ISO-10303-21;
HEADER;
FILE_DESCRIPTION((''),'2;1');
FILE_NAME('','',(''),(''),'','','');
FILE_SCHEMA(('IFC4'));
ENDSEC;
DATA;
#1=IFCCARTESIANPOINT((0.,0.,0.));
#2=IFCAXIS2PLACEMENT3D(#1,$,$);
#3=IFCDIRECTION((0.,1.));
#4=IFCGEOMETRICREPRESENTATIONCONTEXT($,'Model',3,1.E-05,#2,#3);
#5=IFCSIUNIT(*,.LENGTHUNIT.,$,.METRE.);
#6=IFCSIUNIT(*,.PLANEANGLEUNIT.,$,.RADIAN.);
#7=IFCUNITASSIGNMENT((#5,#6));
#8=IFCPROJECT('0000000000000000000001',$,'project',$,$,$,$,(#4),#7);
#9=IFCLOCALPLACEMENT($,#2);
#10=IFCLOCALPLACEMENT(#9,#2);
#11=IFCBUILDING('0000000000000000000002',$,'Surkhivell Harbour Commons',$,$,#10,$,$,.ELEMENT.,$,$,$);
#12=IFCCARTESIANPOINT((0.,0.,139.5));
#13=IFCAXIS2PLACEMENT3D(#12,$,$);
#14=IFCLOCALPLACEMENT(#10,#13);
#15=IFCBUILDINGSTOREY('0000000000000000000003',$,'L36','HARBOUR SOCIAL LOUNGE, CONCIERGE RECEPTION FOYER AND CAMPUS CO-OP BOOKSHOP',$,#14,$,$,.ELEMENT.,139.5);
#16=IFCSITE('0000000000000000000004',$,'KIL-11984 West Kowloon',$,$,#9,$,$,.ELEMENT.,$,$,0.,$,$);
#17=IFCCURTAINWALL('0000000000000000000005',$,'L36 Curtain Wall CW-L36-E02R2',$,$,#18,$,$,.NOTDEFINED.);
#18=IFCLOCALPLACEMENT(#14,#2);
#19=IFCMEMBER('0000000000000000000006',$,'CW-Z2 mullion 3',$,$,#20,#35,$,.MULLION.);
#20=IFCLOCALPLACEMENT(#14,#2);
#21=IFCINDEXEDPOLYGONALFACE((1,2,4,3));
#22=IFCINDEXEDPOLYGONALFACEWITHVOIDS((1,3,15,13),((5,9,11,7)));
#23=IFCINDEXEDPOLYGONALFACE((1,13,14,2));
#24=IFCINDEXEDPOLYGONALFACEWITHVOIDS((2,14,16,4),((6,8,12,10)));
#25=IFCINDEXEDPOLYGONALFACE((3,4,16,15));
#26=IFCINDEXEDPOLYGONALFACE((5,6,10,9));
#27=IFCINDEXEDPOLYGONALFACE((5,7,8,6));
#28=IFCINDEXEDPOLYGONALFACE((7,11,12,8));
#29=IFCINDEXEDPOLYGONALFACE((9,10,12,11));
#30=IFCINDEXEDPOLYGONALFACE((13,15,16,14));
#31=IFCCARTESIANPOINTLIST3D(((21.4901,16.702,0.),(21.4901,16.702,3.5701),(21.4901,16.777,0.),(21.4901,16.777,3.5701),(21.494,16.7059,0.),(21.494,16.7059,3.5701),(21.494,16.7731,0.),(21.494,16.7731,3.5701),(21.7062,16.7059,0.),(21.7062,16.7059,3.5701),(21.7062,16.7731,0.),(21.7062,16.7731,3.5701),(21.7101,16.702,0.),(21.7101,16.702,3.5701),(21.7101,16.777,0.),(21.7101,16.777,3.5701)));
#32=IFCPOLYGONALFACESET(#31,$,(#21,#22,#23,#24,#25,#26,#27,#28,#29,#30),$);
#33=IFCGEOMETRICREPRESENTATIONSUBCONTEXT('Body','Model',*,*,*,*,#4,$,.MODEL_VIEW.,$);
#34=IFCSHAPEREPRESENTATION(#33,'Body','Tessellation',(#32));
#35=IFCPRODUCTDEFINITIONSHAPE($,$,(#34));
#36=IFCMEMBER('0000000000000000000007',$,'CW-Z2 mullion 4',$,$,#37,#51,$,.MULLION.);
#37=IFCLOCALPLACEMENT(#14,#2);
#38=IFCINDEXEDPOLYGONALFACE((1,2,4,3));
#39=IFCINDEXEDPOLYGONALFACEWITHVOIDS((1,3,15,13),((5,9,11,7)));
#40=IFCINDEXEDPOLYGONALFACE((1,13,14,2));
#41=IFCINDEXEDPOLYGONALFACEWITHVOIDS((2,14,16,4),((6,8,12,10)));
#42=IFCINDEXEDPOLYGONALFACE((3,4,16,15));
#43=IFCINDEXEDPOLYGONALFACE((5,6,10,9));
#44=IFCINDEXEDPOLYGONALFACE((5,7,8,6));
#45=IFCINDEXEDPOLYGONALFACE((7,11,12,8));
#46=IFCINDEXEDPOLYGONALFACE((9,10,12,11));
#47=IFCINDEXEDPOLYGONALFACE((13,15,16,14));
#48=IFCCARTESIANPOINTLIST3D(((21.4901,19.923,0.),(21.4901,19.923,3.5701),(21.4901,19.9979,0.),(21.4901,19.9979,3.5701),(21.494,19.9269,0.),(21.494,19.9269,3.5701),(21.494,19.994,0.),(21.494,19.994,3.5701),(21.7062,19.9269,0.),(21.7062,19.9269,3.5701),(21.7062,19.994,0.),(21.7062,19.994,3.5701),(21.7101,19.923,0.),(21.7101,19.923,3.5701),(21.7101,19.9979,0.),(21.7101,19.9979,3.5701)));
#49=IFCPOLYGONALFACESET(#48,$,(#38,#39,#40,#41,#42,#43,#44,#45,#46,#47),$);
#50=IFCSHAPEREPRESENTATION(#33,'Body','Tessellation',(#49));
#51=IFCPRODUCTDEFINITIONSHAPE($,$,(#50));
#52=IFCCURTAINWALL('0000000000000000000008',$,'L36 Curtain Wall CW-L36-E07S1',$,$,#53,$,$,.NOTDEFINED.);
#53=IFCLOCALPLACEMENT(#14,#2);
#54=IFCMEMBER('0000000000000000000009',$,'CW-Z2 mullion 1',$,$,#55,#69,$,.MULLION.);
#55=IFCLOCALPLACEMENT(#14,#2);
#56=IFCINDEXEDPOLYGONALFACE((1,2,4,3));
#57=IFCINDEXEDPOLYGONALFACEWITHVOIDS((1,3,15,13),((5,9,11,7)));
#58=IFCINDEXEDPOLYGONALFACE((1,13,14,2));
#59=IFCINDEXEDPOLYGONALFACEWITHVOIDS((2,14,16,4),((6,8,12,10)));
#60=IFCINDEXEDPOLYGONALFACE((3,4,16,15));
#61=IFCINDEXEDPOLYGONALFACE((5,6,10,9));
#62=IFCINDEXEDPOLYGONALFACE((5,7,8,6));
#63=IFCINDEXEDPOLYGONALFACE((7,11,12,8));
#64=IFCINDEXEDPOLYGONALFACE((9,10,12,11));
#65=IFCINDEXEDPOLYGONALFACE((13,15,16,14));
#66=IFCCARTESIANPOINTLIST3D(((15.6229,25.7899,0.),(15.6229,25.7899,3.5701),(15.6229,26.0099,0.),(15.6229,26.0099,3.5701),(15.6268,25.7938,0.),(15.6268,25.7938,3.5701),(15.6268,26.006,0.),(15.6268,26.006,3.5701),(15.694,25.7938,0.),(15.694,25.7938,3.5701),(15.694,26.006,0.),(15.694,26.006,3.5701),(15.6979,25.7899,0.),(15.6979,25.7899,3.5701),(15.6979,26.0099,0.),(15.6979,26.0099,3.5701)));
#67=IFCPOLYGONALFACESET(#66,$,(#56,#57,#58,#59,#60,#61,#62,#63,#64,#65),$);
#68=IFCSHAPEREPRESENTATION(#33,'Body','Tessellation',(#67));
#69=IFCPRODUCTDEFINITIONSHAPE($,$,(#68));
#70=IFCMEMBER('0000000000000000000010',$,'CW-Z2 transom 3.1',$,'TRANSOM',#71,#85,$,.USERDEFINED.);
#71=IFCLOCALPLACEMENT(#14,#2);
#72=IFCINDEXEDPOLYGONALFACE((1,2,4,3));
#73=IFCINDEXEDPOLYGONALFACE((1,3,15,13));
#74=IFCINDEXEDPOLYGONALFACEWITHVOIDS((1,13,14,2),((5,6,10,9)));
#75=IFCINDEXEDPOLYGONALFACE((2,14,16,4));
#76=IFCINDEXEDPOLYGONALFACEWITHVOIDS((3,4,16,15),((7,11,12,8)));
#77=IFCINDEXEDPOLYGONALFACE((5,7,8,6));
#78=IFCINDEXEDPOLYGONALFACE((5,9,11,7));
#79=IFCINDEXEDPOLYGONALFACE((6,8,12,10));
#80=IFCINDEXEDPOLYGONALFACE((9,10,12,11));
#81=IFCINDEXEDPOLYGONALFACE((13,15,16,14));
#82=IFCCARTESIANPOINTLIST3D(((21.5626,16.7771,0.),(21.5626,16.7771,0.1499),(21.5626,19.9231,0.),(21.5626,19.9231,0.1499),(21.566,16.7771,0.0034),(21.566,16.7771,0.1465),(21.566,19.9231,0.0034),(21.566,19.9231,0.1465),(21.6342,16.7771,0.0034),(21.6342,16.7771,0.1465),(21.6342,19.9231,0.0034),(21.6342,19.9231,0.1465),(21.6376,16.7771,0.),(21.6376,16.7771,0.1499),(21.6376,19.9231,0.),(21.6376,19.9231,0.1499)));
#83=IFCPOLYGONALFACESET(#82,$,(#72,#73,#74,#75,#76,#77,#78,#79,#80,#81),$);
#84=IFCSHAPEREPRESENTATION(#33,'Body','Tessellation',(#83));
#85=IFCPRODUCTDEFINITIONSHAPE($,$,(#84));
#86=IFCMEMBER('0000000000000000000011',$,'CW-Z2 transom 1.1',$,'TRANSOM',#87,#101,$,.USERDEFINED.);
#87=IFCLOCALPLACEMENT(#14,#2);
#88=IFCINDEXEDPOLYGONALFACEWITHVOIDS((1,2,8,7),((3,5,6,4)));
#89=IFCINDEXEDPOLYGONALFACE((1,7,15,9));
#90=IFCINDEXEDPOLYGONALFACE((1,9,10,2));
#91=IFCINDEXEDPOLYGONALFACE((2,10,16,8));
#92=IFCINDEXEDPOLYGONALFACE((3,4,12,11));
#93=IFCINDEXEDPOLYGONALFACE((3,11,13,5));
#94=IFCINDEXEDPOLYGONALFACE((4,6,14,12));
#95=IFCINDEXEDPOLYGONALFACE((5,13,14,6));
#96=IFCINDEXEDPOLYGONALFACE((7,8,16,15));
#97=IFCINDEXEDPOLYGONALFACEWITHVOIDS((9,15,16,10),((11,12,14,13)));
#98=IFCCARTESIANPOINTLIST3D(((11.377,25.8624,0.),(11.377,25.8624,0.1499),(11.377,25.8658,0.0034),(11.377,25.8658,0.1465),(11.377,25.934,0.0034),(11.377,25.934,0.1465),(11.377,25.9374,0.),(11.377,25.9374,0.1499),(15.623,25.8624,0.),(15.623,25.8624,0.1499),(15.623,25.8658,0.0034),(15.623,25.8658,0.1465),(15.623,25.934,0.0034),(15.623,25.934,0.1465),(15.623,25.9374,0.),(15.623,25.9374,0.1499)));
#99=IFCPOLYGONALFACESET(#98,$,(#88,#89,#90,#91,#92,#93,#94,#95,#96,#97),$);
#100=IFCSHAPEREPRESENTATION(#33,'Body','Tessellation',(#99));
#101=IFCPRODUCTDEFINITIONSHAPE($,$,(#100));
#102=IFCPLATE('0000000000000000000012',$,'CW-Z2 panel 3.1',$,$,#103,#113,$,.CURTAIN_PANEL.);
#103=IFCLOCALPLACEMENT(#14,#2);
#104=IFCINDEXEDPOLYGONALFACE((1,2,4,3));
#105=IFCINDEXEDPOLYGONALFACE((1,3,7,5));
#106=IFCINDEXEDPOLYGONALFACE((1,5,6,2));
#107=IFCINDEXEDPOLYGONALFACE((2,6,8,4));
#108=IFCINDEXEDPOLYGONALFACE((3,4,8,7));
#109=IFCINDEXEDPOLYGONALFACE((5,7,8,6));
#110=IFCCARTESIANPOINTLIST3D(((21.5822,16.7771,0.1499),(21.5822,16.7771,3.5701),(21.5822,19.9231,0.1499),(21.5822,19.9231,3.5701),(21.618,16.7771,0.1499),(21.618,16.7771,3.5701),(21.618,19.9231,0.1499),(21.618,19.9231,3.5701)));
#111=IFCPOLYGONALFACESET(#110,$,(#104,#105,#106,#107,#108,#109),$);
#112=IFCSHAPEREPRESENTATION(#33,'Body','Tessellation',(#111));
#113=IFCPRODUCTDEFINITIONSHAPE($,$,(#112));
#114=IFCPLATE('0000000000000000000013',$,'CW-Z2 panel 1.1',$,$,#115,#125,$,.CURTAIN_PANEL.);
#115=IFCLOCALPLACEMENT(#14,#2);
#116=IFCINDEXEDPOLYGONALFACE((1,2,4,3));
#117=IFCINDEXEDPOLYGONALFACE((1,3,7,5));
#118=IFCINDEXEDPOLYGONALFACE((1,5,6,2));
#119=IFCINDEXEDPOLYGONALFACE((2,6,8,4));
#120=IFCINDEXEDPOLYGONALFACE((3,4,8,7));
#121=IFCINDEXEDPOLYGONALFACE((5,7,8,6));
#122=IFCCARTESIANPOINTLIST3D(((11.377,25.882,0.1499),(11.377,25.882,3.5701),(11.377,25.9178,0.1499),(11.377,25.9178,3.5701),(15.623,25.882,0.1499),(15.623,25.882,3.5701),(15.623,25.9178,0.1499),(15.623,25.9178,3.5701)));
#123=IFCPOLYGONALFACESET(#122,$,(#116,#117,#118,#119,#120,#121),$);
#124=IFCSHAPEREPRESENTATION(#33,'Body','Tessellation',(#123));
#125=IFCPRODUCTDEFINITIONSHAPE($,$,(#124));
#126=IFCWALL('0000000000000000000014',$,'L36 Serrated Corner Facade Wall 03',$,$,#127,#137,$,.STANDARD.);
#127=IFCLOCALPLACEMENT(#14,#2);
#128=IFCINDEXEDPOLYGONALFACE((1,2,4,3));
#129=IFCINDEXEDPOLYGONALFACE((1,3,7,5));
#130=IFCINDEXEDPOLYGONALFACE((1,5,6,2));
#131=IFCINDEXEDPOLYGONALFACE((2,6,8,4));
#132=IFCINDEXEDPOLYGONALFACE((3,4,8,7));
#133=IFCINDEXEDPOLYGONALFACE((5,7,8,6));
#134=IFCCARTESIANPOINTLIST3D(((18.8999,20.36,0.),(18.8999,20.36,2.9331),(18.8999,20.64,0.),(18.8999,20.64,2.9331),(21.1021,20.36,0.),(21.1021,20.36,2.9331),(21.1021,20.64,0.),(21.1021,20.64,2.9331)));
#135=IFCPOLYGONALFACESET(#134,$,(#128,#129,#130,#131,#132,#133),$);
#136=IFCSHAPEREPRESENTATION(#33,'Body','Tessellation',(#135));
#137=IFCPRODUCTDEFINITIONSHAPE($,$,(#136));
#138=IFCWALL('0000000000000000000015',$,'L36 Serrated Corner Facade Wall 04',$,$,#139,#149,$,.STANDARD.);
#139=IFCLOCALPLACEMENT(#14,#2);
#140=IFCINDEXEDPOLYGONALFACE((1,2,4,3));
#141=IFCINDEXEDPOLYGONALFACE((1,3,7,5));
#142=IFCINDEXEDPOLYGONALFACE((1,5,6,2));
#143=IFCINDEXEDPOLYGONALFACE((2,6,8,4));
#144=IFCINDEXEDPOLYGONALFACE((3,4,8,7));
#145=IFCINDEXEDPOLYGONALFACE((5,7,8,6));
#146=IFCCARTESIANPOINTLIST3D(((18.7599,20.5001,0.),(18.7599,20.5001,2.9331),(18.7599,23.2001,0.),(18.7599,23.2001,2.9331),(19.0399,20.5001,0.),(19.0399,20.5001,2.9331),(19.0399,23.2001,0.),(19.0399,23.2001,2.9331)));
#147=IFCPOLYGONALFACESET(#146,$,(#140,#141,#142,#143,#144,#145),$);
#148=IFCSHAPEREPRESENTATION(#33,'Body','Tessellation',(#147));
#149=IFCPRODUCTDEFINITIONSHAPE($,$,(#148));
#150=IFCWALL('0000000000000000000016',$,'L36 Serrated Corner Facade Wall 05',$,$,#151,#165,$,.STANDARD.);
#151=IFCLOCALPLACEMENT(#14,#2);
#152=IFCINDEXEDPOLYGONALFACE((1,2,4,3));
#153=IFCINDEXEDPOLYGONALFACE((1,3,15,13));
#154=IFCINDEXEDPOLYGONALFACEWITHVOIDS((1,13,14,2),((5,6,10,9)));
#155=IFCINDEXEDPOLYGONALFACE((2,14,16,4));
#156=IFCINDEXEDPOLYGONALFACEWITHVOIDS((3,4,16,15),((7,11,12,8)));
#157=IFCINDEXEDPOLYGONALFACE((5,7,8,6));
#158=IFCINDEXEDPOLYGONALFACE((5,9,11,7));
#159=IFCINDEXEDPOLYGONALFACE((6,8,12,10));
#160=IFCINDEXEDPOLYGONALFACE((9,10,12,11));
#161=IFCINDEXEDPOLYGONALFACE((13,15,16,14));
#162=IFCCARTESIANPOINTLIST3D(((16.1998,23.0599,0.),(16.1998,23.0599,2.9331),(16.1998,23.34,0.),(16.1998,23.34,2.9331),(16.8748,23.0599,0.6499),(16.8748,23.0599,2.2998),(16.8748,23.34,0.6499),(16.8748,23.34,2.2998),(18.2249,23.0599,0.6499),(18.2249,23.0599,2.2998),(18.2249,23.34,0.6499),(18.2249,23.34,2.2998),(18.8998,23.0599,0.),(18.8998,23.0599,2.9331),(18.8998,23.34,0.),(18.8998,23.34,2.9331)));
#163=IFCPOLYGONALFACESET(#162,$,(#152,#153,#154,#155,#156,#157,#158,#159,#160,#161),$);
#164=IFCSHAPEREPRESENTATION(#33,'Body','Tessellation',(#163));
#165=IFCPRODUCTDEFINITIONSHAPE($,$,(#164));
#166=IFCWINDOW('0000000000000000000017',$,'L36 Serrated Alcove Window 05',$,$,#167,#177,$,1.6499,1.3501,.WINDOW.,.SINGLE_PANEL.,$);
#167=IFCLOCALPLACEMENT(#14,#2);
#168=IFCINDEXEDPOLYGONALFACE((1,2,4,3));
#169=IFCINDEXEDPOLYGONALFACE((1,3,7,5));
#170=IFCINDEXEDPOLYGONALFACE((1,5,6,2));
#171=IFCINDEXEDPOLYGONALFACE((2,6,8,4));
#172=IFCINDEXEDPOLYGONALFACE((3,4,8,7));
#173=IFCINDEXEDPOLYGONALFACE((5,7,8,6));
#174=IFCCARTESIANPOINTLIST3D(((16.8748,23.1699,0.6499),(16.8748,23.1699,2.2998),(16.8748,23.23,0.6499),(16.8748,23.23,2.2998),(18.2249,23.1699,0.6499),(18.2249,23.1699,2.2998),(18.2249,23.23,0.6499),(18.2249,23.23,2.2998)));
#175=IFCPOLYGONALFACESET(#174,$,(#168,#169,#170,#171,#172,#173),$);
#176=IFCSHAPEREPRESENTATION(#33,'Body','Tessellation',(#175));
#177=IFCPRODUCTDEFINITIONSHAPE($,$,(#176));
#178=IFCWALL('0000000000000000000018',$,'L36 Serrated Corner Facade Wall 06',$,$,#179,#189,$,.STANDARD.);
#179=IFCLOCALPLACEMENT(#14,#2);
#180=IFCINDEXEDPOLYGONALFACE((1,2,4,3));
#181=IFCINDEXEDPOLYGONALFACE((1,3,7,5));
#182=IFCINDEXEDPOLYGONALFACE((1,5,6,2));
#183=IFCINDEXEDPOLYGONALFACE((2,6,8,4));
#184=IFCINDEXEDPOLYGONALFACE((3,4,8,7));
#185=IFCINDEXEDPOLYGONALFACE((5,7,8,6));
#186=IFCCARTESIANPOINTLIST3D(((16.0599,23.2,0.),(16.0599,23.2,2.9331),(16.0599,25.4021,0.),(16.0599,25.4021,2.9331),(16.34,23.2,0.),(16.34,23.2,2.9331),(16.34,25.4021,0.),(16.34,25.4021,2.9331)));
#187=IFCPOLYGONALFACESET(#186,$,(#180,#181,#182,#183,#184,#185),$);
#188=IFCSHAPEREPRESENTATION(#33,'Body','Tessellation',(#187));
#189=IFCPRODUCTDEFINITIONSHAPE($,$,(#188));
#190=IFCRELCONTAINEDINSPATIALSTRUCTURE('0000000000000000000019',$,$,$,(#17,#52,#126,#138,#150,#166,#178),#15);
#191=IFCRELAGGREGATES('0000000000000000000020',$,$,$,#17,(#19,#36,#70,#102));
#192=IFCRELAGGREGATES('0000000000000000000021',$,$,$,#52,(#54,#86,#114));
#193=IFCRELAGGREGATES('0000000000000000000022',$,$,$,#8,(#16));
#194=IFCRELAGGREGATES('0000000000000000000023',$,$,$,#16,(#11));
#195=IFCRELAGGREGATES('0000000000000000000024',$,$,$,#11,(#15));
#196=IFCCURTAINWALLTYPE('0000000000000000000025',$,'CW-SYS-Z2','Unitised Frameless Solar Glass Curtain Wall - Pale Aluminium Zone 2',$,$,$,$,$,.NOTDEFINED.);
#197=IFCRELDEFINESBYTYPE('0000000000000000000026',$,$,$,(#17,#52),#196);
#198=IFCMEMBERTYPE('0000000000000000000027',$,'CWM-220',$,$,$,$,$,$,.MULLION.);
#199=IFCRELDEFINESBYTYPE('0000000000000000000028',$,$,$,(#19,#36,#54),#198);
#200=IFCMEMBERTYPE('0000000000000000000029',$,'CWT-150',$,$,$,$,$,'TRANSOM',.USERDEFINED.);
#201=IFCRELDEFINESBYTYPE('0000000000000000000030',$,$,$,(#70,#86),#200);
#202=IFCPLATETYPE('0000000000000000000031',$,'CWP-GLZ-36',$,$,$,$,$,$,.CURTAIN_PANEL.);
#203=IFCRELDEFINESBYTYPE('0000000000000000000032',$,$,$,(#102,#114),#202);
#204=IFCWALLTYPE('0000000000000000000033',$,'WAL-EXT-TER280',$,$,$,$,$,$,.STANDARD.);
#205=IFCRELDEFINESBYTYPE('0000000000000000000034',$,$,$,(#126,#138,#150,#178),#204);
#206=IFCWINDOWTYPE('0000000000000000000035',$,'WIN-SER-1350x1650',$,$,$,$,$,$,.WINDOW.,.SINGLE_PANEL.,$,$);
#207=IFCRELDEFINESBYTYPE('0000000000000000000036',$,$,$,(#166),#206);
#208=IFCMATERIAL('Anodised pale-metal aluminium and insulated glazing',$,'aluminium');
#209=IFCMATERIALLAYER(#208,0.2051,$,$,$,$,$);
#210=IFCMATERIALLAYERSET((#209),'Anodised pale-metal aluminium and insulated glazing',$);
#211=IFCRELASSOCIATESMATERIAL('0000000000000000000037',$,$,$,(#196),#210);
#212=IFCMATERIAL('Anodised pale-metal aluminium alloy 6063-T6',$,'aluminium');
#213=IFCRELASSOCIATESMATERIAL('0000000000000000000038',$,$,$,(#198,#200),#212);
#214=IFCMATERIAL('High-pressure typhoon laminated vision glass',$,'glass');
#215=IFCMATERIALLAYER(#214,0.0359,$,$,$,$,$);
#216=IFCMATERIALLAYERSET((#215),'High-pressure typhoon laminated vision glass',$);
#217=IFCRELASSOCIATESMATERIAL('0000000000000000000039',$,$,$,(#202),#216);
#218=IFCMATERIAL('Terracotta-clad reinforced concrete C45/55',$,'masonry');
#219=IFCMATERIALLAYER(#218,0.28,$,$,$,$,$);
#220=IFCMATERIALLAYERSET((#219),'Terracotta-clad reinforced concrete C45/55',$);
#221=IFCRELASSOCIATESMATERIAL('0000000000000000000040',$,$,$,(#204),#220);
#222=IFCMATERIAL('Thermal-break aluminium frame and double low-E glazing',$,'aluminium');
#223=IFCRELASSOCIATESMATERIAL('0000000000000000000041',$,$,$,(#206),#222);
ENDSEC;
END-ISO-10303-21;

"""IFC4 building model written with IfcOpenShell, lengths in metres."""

from ifc_helpers import new_model, si_unit, direction, frame, frame_2d, origin, origin_2d, place, context, subcontext, project, spatial, rectangle, hollow_rectangle, extrude, material, layer, layer_set, material_profile, profile_set, type_object, element, fill, aggregate, save


model = new_model("IFC4")

# Units and contexts
model_context = context("Model", 3, precision=1e-05, world=origin(), true_north=direction((0.0, 1.0)))
body_context = subcontext(model_context, "Body", "Model", "MODEL_VIEW")
ifc_project = project(units=[si_unit("LENGTHUNIT", "METRE"), si_unit("PLANEANGLEUNIT", "RADIAN")], contexts=[model_context])

# Site, building, storey
site_placement = place(None, origin())
site = spatial("IfcSite", under=ifc_project, at=site_placement, Name="KIL-11984 West Kowloon", CompositionType="ELEMENT", RefElevation=0.0)
building_placement = place(site_placement, origin())
building = spatial("IfcBuilding", under=site, at=building_placement, Name="Surkhivell Harbour Commons", CompositionType="ELEMENT")
storey_placement = place(building_placement, frame((0.0, 0.0, 139.5)))
storey = spatial("IfcBuildingStorey", under=building, at=storey_placement, Name="L36", Description="HARBOUR SOCIAL LOUNGE, CONCIERGE RECEPTION FOYER AND CAMPUS CO-OP BOOKSHOP", CompositionType="ELEMENT", Elevation=139.5)

# Curtain wall, members
ifc_material_1 = material(Name="Anodised pale-metal aluminium and insulated glazing", Category="aluminium")
ifc_layer_1 = layer(ifc_material_1, 0.2051)
ifc_layer_set_1 = layer_set([ifc_layer_1], Name="Anodised pale-metal aluminium and insulated glazing")
curtain_wall_type = type_object("IfcCurtainWallType", Name="CW-SYS-Z2", Description="Unitised Frameless Solar Glass Curtain Wall - Pale Aluminium Zone 2", PredefinedType="NOTDEFINED", material=ifc_layer_set_1)
curtain_wall_1_placement = place(storey_placement, origin())
curtain_wall_1 = element("IfcCurtainWall", 1, at=curtain_wall_1_placement, inside=storey, type_object=curtain_wall_type, Name="L36 Curtain Wall CW-L36-E02R2", PredefinedType="NOTDEFINED")
ifc_material_2 = material(Name="Anodised pale-metal aluminium alloy 6063-T6", Category="aluminium")
ifc_material_profile_1 = material_profile(ifc_material_2, hollow_rectangle(XDim=0.075, YDim=0.22, WallThickness=0.0039, at=origin_2d()), Name="ALU-MULL-75x220")
ifc_profile_set_1 = profile_set([ifc_material_profile_1], Name="Anodised pale-metal aluminium alloy 6063-T6")
member_type_1 = type_object("IfcMemberType", Name="CWM-220", PredefinedType="MULLION", material=ifc_profile_set_1)
member_1_placement = place(storey_placement, frame((21.6001, 16.7395, 0.0), z_axis=(0.0, 0.0, 1.0), x_axis=(0.0, 1.0, 0.0)))
member_1 = element("IfcMember", 2, at=member_1_placement, type_object=member_type_1, Name="CW-Z2 mullion 3", PredefinedType="MULLION", context=body_context, shape_type="SweptSolid", body=[
    extrude(hollow_rectangle(XDim=0.075, YDim=0.22, WallThickness=0.0039, at=origin_2d()), origin(), (0.0, 0.0, 1.0), 3.5701),
])
member_2_placement = place(storey_placement, frame((21.6001, 19.9604, 0.0), z_axis=(0.0, 0.0, 1.0), x_axis=(0.0, 1.0, 0.0)))
member_2 = element("IfcMember", 3, at=member_2_placement, type_object=member_type_1, Name="CW-Z2 mullion 4", PredefinedType="MULLION", context=body_context, shape_type="SweptSolid", body=[
    extrude(hollow_rectangle(XDim=0.075, YDim=0.22, WallThickness=0.0039, at=origin_2d()), origin(), (0.0, 0.0, 1.0), 3.5701),
])

# Curtain wall, member
curtain_wall_2_placement = place(storey_placement, origin())
curtain_wall_2 = element("IfcCurtainWall", 4, at=curtain_wall_2_placement, inside=storey, type_object=curtain_wall_type, Name="L36 Curtain Wall CW-L36-E07S1", PredefinedType="NOTDEFINED")
member_3_placement = place(storey_placement, frame((15.6604, 25.8999, 0.0), z_axis=(0.0, 0.0, 1.0), x_axis=(-1.0, 0.0, 0.0)))
member_3 = element("IfcMember", 5, at=member_3_placement, type_object=member_type_1, Name="CW-Z2 mullion 1", PredefinedType="MULLION", context=body_context, shape_type="SweptSolid", body=[
    extrude(hollow_rectangle(XDim=0.075, YDim=0.22, WallThickness=0.0039, at=origin_2d()), origin(), (0.0, 0.0, 1.0), 3.5701),
])

# Members
ifc_material_profile_2 = material_profile(ifc_material_2, hollow_rectangle(XDim=0.075, YDim=0.1499, WallThickness=0.0034, at=origin_2d()), Name="ALU-TRAN-75x150")
ifc_profile_set_2 = profile_set([ifc_material_profile_2], Name="Anodised pale-metal aluminium alloy 6063-T6")
member_type_2 = type_object("IfcMemberType", Name="CWT-150", ElementType="TRANSOM", PredefinedType="USERDEFINED", material=ifc_profile_set_2)
member_4_placement = place(storey_placement, frame((21.6001, 16.7771, 0.075), z_axis=(0.0, 1.0, 0.0), x_axis=(-1.0, 0.0, 0.0)))
member_4 = element("IfcMember", 6, at=member_4_placement, type_object=member_type_2, Name="CW-Z2 transom 3.1", ObjectType="TRANSOM", PredefinedType="USERDEFINED", context=body_context, shape_type="SweptSolid", body=[
    extrude(hollow_rectangle(XDim=0.075, YDim=0.1499, WallThickness=0.0034, at=origin_2d()), origin(), (0.0, 0.0, 1.0), 3.146),
])
member_5_placement = place(storey_placement, frame((15.623, 25.8999, 0.075), z_axis=(-1.0, 0.0, 0.0), x_axis=(0.0, -1.0, 0.0)))
member_5 = element("IfcMember", 7, at=member_5_placement, type_object=member_type_2, Name="CW-Z2 transom 1.1", ObjectType="TRANSOM", PredefinedType="USERDEFINED", context=body_context, shape_type="SweptSolid", body=[
    extrude(hollow_rectangle(XDim=0.075, YDim=0.1499, WallThickness=0.0034, at=origin_2d()), origin(), (0.0, 0.0, 1.0), 4.2461),
])

# Plates
ifc_material_3 = material(Name="High-pressure typhoon laminated vision glass", Category="glass")
ifc_layer_2 = layer(ifc_material_3, 0.0359)
ifc_layer_set_2 = layer_set([ifc_layer_2], Name="High-pressure typhoon laminated vision glass")
plate_type = type_object("IfcPlateType", Name="CWP-GLZ-36", PredefinedType="CURTAIN_PANEL", material=ifc_layer_set_2)
plate_1_placement = place(storey_placement, frame((21.6001, 16.7771, 0.1499), z_axis=(0.0, 0.0, 1.0), x_axis=(0.0, 1.0, 0.0)))
plate_1 = element("IfcPlate", 8, at=plate_1_placement, type_object=plate_type, Name="CW-Z2 panel 3.1", PredefinedType="CURTAIN_PANEL", context=body_context, shape_type="SweptSolid", body=[
    extrude(rectangle(XDim=3.146, YDim=0.0359, at=frame_2d((1.573, 0.0))), origin(), (0.0, 0.0, 1.0), 3.4202),
])
aggregate(curtain_wall_1, [member_1, member_2, member_4, plate_1])
plate_2_placement = place(storey_placement, frame((15.623, 25.8999, 0.1499), z_axis=(0.0, 0.0, 1.0), x_axis=(-1.0, 0.0, 0.0)))
plate_2 = element("IfcPlate", 9, at=plate_2_placement, type_object=plate_type, Name="CW-Z2 panel 1.1", PredefinedType="CURTAIN_PANEL", context=body_context, shape_type="SweptSolid", body=[
    extrude(rectangle(XDim=4.2461, YDim=0.0359, at=frame_2d((2.123, 0.0))), origin(), (0.0, 0.0, 1.0), 3.4202),
])
aggregate(curtain_wall_2, [member_3, member_5, plate_2])

# Walls
ifc_material_4 = material(Name="Terracotta-clad reinforced concrete C45/55", Category="masonry")
ifc_layer_3 = layer(ifc_material_4, 0.28)
ifc_layer_set_3 = layer_set([ifc_layer_3], Name="Terracotta-clad reinforced concrete C45/55")
wall_type_1 = type_object("IfcWallType", Name="WAL-EXT-TER280", PredefinedType="STANDARD", material=ifc_layer_set_3)
wall_1_placement = place(storey_placement, frame((21.1021, 20.5, 0.0), z_axis=(0.0, 0.0, 1.0), x_axis=(-1.0, 0.0, 0.0)))
element("IfcWall", 10, at=wall_1_placement, inside=storey, type_object=wall_type_1, Name="L36 Serrated Corner Facade Wall 03", PredefinedType="STANDARD", context=body_context, shape_type="SweptSolid", body=[
    extrude(rectangle(XDim=2.2021, YDim=0.28, at=frame_2d((1.1011, 0.0))), origin(), (0.0, 0.0, 1.0), 2.9331),
])
wall_2_placement = place(storey_placement, frame((18.8999, 20.5, 0.0), z_axis=(0.0, 0.0, 1.0), x_axis=(0.0, 1.0, 0.0)))
element("IfcWall", 11, at=wall_2_placement, inside=storey, type_object=wall_type_1, Name="L36 Serrated Corner Facade Wall 04", PredefinedType="STANDARD", context=body_context, shape_type="SweptSolid", body=[
    extrude(rectangle(XDim=2.7, YDim=0.28, at=frame_2d((1.3501, 0.0))), origin(), (0.0, 0.0, 1.0), 2.9331),
])

# Wall, opening, window
wall_3_placement = place(storey_placement, frame((18.8999, 23.2, 0.0), z_axis=(0.0, 0.0, 1.0), x_axis=(-1.0, 0.0, 0.0)))
wall_3 = element("IfcWall", 12, at=wall_3_placement, inside=storey, type_object=wall_type_1, Name="L36 Serrated Corner Facade Wall 05", PredefinedType="STANDARD", context=body_context, shape_type="SweptSolid", body=[
    extrude(rectangle(XDim=2.7, YDim=0.28, at=frame_2d((1.3501, 0.0))), origin(), (0.0, 0.0, 1.0), 2.9331),
])
opening_placement = place(wall_3_placement, frame((0.675, 0.0, 0.6499)))
opening = element("IfcOpeningElement", 13, at=opening_placement, cuts=wall_3, PredefinedType="OPENING", context=body_context, shape_type="SweptSolid", body=[
    extrude(rectangle(XDim=1.3501, YDim=1.6499, at=frame_2d((0.675, 0.825))), frame((0.0, 0.1499, 0.0), z_axis=(0.0, -1.0, 0.0), x_axis=(1.0, 0.0, 0.0)), (0.0, 0.0, 1.0), 0.3),
])
ifc_material_5 = material(Name="Thermal-break aluminium frame and double low-E glazing", Category="aluminium")
window_type = type_object("IfcWindowType", Name="WIN-SER-1350x1650", PartitioningType="SINGLE_PANEL", PredefinedType="WINDOW", material=ifc_material_5)
window_placement = place(opening_placement, origin())
window = element("IfcWindow", 14, at=window_placement, inside=storey, type_object=window_type, Name="L36 Serrated Alcove Window 05", OverallHeight=1.6499, OverallWidth=1.3501, PartitioningType="SINGLE_PANEL", PredefinedType="WINDOW", context=body_context, shape_type="SweptSolid", body=[
    extrude(rectangle(XDim=1.3501, YDim=1.6499, at=frame_2d((0.675, 0.825))), frame((0.0, 0.03, 0.0), z_axis=(0.0, -1.0, 0.0), x_axis=(1.0, 0.0, 0.0)), (0.0, 0.0, 1.0), 0.0601),
])
fill(opening, window)

# Wall
wall_4_placement = place(storey_placement, frame((16.2, 23.2, 0.0), z_axis=(0.0, 0.0, 1.0), x_axis=(0.0, 1.0, 0.0)))
element("IfcWall", 15, at=wall_4_placement, inside=storey, type_object=wall_type_1, Name="L36 Serrated Corner Facade Wall 06", PredefinedType="STANDARD", context=body_context, shape_type="SweptSolid", body=[
    extrude(rectangle(XDim=2.2021, YDim=0.28, at=frame_2d((1.1011, 0.0))), origin(), (0.0, 0.0, 1.0), 2.9331),
])

save(model, "model.ifc")
